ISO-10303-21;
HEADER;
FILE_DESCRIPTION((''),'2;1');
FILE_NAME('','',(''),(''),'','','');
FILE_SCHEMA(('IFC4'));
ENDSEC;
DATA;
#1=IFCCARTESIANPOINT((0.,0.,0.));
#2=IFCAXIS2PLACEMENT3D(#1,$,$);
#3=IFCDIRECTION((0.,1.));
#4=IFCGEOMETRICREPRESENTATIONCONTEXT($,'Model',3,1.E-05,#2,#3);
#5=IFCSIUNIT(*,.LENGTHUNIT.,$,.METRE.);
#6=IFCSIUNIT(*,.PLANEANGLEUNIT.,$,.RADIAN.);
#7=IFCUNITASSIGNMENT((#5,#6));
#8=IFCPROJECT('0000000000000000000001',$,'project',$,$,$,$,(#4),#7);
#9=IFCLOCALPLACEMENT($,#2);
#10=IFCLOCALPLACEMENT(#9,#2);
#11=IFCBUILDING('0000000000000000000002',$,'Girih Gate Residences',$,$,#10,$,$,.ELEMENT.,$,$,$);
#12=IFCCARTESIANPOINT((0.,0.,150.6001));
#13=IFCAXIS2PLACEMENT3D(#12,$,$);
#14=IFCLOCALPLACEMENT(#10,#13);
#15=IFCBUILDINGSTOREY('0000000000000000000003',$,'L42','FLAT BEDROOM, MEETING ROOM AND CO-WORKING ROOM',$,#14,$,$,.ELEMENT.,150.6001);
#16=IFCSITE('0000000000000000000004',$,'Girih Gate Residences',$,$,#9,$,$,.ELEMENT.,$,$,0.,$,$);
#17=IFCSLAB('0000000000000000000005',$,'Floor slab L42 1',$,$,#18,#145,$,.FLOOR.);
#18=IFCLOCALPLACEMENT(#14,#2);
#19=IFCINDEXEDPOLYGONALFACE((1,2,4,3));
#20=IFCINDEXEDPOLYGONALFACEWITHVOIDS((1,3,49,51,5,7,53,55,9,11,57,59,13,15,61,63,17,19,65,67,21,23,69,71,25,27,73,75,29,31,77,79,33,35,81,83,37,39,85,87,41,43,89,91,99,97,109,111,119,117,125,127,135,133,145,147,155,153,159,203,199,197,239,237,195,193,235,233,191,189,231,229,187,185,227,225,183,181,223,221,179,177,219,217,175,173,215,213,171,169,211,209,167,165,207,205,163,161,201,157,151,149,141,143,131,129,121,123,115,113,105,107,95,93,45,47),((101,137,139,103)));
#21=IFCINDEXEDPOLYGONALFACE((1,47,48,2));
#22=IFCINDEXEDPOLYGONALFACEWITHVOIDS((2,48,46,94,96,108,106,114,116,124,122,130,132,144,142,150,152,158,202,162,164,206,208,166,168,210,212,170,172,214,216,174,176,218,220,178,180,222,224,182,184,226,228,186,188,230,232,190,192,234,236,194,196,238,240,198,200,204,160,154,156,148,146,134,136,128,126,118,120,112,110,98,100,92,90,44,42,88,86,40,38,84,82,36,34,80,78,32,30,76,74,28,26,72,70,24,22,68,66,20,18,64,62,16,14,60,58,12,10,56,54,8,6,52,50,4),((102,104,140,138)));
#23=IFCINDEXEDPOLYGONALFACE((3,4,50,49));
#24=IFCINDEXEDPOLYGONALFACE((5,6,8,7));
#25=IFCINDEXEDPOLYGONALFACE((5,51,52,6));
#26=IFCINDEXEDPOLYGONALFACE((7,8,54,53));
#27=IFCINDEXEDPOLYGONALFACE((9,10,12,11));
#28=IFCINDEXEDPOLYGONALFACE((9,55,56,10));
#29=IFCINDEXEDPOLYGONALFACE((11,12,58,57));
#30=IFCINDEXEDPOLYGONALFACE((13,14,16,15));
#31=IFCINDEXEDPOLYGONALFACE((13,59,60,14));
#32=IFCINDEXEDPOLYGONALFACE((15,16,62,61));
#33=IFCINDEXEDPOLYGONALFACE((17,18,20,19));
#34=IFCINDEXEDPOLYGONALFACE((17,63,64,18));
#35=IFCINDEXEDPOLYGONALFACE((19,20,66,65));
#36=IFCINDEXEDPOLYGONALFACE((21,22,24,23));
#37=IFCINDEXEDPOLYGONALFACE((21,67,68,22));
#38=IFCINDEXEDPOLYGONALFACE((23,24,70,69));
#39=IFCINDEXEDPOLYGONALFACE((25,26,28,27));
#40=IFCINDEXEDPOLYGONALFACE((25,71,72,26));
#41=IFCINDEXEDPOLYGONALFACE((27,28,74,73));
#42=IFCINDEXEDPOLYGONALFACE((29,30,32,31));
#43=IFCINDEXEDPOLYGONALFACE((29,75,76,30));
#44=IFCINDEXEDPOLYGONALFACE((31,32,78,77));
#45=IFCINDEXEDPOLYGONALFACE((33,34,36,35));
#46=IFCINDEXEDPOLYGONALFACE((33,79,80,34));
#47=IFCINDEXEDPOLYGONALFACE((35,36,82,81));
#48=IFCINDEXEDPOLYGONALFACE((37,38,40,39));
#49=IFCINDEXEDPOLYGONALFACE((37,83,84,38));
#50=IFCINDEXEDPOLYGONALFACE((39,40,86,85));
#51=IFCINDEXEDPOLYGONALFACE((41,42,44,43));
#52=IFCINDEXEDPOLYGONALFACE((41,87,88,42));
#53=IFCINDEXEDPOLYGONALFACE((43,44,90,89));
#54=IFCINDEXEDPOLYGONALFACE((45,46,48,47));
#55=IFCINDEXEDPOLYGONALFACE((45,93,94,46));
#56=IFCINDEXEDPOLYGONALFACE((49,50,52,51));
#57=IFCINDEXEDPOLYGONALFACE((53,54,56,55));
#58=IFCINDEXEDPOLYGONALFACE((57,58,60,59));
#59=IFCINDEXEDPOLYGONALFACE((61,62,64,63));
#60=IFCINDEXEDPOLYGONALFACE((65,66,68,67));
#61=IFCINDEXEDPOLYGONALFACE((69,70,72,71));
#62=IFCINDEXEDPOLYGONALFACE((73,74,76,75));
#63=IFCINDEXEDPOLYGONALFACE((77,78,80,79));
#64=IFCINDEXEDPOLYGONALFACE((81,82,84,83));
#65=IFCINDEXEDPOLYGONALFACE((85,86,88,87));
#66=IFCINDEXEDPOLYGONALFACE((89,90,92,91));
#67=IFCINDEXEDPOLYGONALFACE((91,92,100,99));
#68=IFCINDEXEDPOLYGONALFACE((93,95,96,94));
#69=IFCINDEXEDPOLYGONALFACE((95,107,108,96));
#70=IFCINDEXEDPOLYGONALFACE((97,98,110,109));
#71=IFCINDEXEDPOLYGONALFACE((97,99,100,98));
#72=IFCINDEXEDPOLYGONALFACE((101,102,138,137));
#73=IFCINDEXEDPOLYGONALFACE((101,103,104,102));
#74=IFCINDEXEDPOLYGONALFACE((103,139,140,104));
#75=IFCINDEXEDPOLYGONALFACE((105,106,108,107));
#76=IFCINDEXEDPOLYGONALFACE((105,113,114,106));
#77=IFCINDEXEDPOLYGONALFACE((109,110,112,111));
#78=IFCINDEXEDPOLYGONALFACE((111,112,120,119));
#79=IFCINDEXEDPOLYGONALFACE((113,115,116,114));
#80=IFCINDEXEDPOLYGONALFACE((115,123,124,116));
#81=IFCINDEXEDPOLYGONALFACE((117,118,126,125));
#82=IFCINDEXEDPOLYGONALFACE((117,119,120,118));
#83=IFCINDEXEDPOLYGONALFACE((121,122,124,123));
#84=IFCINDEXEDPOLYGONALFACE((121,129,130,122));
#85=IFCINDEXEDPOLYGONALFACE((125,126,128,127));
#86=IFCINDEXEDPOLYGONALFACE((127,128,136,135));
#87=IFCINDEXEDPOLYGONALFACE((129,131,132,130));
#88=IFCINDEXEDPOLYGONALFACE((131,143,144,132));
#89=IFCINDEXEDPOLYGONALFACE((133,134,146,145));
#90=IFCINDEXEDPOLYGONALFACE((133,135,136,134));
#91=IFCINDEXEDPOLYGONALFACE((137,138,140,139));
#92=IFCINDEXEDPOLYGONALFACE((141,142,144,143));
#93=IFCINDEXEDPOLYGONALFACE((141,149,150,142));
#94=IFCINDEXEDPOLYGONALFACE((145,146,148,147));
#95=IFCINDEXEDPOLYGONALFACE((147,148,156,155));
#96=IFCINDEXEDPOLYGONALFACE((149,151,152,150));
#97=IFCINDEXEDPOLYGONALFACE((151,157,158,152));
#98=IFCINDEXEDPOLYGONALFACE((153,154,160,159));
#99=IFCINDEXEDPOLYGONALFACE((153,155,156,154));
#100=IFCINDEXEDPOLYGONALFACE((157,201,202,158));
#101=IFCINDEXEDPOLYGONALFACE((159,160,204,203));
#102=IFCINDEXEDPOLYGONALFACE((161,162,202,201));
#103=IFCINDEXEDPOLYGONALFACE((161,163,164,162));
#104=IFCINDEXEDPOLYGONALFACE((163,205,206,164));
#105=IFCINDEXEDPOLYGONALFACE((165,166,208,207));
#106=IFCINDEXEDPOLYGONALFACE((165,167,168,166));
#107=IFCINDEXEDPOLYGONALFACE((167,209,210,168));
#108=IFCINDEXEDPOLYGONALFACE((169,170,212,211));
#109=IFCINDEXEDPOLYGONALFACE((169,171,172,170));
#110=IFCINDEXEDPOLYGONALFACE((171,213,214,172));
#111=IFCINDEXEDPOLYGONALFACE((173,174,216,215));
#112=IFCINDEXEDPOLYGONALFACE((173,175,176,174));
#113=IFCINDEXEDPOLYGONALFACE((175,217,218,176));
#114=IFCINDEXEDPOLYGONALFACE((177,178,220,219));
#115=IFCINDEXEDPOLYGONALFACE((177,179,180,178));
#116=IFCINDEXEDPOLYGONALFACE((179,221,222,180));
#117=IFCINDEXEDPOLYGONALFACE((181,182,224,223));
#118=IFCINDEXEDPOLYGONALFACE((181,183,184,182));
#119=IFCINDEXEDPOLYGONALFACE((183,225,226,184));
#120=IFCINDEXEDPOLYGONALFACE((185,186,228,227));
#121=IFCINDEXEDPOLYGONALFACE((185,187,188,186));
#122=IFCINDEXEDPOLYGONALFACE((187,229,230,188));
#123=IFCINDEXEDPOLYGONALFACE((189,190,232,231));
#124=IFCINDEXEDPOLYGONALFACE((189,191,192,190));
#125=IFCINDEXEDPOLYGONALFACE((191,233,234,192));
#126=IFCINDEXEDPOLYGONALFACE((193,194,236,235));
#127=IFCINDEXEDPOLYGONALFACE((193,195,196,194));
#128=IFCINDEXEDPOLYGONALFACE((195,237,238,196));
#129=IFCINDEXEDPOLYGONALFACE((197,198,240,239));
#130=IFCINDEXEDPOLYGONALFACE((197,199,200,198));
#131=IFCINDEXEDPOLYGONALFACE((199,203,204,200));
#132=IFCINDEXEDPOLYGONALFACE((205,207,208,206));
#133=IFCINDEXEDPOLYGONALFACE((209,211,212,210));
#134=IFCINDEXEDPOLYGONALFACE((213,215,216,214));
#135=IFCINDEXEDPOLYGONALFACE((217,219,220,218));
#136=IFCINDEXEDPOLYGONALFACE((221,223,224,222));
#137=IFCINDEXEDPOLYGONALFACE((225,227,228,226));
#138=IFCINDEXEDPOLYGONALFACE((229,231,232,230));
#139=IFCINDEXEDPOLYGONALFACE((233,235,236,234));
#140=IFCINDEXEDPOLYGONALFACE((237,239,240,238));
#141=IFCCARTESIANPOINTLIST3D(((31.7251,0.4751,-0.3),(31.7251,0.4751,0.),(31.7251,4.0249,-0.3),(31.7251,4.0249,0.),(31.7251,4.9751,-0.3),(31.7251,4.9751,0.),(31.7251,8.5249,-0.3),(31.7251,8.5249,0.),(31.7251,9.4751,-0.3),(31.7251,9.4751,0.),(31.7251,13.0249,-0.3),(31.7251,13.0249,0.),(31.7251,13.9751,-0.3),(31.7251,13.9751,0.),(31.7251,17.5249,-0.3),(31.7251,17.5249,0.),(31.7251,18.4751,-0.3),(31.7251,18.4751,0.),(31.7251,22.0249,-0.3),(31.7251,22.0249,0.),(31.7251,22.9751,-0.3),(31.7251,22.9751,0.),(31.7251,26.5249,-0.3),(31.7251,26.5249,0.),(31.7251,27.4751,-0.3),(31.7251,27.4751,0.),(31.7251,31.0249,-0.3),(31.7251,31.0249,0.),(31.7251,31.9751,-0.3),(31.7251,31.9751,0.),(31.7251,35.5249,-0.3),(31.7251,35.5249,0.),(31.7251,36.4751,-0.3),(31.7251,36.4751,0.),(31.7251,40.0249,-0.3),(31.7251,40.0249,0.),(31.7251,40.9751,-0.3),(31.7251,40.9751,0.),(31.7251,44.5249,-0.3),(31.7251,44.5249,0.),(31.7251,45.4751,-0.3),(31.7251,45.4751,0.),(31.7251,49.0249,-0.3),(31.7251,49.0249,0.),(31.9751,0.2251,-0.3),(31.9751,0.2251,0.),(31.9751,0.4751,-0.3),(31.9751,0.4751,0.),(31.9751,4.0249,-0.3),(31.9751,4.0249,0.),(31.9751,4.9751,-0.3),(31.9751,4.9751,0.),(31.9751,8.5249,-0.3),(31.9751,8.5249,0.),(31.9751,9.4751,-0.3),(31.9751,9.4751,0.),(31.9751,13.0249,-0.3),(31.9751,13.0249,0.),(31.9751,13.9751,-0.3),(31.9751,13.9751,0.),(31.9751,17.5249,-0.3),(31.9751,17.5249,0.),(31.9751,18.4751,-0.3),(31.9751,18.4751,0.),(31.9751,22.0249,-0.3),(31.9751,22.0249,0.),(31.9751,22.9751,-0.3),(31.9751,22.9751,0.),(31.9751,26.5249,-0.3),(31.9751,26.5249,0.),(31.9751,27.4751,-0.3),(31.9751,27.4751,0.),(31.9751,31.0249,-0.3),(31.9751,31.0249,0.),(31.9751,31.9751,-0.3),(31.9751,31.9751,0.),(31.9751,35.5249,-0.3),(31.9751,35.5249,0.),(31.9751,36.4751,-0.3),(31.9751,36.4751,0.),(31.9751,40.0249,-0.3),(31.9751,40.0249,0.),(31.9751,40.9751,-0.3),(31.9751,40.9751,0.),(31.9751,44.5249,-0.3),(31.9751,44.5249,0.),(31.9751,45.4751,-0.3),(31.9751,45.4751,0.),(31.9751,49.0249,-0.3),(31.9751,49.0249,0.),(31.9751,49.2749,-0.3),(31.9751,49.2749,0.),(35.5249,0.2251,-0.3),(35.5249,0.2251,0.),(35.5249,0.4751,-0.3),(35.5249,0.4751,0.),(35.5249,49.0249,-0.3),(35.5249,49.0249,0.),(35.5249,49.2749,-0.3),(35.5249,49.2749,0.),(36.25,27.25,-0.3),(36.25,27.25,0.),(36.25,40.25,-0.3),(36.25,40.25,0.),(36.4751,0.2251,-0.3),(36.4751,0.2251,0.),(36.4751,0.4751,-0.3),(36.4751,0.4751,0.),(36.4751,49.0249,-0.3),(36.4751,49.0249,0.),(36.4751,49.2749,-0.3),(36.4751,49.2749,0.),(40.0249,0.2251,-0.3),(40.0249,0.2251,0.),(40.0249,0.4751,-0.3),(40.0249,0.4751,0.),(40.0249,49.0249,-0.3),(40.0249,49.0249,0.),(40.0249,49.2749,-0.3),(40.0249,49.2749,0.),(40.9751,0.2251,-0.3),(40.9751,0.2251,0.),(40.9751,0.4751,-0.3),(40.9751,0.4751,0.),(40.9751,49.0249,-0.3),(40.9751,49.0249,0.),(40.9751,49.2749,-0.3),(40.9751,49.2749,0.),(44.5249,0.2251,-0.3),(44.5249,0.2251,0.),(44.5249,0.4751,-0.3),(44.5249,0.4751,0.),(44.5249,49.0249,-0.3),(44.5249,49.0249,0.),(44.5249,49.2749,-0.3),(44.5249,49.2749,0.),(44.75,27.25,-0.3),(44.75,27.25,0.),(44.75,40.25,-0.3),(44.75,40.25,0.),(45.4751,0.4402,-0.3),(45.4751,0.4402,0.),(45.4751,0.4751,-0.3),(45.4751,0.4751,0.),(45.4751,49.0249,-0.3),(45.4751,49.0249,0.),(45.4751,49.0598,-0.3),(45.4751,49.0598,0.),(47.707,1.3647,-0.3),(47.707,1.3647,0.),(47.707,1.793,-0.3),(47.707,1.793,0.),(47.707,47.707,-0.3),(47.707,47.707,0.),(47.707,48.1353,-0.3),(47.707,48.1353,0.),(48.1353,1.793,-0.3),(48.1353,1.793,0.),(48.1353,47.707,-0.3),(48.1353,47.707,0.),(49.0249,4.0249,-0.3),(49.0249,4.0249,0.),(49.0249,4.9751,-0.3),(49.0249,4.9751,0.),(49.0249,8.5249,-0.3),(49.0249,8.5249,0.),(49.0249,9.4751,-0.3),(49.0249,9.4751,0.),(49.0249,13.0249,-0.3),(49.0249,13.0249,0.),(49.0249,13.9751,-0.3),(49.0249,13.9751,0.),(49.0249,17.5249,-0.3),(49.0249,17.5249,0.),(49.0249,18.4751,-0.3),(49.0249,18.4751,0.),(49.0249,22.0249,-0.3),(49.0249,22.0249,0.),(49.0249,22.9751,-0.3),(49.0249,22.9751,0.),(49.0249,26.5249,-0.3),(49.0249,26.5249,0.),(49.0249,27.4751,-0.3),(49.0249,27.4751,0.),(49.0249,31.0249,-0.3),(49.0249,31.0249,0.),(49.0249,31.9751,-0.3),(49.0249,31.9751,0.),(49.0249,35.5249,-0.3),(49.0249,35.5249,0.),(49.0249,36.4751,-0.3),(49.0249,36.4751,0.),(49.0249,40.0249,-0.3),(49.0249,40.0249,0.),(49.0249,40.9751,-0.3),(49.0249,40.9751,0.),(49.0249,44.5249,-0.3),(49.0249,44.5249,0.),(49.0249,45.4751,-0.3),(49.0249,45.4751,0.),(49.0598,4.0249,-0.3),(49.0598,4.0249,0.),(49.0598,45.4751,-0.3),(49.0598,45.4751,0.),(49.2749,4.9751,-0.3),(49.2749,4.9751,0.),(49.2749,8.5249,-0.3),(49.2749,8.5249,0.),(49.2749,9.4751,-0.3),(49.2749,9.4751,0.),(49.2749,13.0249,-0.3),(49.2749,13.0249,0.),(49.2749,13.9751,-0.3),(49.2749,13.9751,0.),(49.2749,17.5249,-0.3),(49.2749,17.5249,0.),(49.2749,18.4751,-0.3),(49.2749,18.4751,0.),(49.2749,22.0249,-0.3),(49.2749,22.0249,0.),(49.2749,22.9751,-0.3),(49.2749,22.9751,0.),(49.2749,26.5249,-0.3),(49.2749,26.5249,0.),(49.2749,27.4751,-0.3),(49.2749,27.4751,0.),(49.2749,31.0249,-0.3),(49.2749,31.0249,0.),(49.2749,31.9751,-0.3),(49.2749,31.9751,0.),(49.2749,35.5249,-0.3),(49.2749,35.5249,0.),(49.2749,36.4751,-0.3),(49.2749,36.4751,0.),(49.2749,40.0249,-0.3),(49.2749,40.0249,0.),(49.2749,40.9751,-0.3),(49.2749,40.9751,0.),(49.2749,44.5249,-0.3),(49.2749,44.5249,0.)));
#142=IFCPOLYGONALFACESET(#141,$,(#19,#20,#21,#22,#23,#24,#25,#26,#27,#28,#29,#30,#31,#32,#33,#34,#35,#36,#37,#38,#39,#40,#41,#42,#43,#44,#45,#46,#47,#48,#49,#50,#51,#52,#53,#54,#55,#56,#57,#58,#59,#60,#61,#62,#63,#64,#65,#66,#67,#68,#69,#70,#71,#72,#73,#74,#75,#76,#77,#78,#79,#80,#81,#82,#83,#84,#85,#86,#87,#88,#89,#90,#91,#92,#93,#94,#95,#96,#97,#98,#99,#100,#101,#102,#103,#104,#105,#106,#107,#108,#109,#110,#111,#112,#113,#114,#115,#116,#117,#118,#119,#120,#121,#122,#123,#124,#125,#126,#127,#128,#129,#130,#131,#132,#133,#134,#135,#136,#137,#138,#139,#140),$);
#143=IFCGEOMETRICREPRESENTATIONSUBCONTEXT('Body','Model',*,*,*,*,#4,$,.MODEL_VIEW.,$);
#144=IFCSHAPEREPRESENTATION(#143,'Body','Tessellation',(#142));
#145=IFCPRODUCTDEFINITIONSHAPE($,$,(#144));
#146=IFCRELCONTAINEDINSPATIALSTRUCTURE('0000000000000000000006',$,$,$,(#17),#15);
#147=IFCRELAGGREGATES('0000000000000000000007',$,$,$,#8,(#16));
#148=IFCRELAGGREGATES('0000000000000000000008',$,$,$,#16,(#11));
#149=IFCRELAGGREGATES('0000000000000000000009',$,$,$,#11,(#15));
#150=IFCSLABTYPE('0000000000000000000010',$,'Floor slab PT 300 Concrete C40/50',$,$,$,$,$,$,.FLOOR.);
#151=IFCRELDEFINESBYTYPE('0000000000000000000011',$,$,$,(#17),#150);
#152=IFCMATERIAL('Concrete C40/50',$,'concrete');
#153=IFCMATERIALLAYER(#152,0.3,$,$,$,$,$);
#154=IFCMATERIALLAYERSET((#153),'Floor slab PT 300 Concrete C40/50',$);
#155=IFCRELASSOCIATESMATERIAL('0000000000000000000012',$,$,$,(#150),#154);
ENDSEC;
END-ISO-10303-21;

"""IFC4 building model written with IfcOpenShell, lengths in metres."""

from ifc_helpers import new_model, si_unit, direction, frame, origin, place, context, subcontext, project, spatial, polyline, outline, extrude, material, layer, layer_set, type_object, element, save


model = new_model("IFC4")

# Units and contexts
model_context = context("Model", 3, precision=1e-05, world=origin(), true_north=direction((0.0, 1.0)))
body_context = subcontext(model_context, "Body", "Model", "MODEL_VIEW")
ifc_project = project(units=[si_unit("LENGTHUNIT", "METRE"), si_unit("PLANEANGLEUNIT", "RADIAN")], contexts=[model_context])

# Site, building, storey
site_placement = place(None, origin())
site = spatial("IfcSite", under=ifc_project, at=site_placement, Name="Girih Gate Residences", CompositionType="ELEMENT", RefElevation=0.0)
building_placement = place(site_placement, origin())
building = spatial("IfcBuilding", under=site, at=building_placement, Name="Girih Gate Residences", CompositionType="ELEMENT")
storey_placement = place(building_placement, frame((0.0, 0.0, 150.6001)))
storey = spatial("IfcBuildingStorey", under=building, at=storey_placement, Name="L42", Description="FLAT BEDROOM, MEETING ROOM AND CO-WORKING ROOM", CompositionType="ELEMENT", Elevation=150.6001)

# Slab
ifc_material_1 = material(Name="Concrete C40/50", Category="concrete")
ifc_layer_1 = layer(ifc_material_1, 0.3)
ifc_layer_set_1 = layer_set([ifc_layer_1], Name="Floor slab PT 300 Concrete C40/50")
slab_type_1 = type_object("IfcSlabType", Name="Floor slab PT 300 Concrete C40/50", PredefinedType="FLOOR", material=ifc_layer_set_1)
slab_1_placement = place(storey_placement, frame((0.0, 0.0, -0.3)))
element("IfcSlab", 1, at=slab_1_placement, inside=storey, type_object=slab_type_1, Name="Floor slab L42 1", PredefinedType="FLOOR", context=body_context, shape_type="SweptSolid", body=[
    extrude(outline(polyline([(35.5249, 49.2749), (31.9751, 49.2749), (31.9751, 49.0249), (31.7251, 49.0249), (31.7251, 45.4751), (31.9751, 45.4751), (31.9751, 44.5249), (31.7251, 44.5249), (31.7251, 40.9751), (31.9751, 40.9751), (31.9751, 40.0249), (31.7251, 40.0249), (31.7251, 36.4751), (31.9751, 36.4751), (31.9751, 35.5249), (31.7251, 35.5249), (31.7251, 31.9751), (31.9751, 31.9751), (31.9751, 31.0249), (31.7251, 31.0249), (31.7251, 27.4751), (31.9751, 27.4751), (31.9751, 26.5249), (31.7251, 26.5249), (31.7251, 22.9751), (31.9751, 22.9751), (31.9751, 22.0249), (31.7251, 22.0249), (31.7251, 18.4751), (31.9751, 18.4751), (31.9751, 17.5249), (31.7251, 17.5249), (31.7251, 13.9751), (31.9751, 13.9751), (31.9751, 13.0249), (31.7251, 13.0249), (31.7251, 9.4751), (31.9751, 9.4751), (31.9751, 8.5249), (31.7251, 8.5249), (31.7251, 4.9751), (31.9751, 4.9751), (31.9751, 4.0249), (31.7251, 4.0249), (31.7251, 0.4751), (31.9751, 0.4751), (31.9751, 0.2251), (35.5249, 0.2251), (35.5249, 0.4751), (36.4751, 0.4751), (36.4751, 0.2251), (40.0249, 0.2251), (40.0249, 0.4751), (40.9751, 0.4751), (40.9751, 0.2251), (44.5249, 0.2251), (44.5249, 0.4751), (45.4751, 0.4751), (45.4751, 0.4402), (47.707, 1.3647), (47.707, 1.793), (48.1353, 1.793), (49.0598, 4.0249), (49.0249, 4.0249), (49.0249, 4.9751), (49.2749, 4.9751), (49.2749, 8.5249), (49.0249, 8.5249), (49.0249, 9.4751), (49.2749, 9.4751), (49.2749, 13.0249), (49.0249, 13.0249), (49.0249, 13.9751), (49.2749, 13.9751), (49.2749, 17.5249), (49.0249, 17.5249), (49.0249, 18.4751), (49.2749, 18.4751), (49.2749, 22.0249), (49.0249, 22.0249), (49.0249, 22.9751), (49.2749, 22.9751), (49.2749, 26.5249), (49.0249, 26.5249), (49.0249, 27.4751), (49.2749, 27.4751), (49.2749, 31.0249), (49.0249, 31.0249), (49.0249, 31.9751), (49.2749, 31.9751), (49.2749, 35.5249), (49.0249, 35.5249), (49.0249, 36.4751), (49.2749, 36.4751), (49.2749, 40.0249), (49.0249, 40.0249), (49.0249, 40.9751), (49.2749, 40.9751), (49.2749, 44.5249), (49.0249, 44.5249), (49.0249, 45.4751), (49.0598, 45.4751), (48.1353, 47.707), (47.707, 47.707), (47.707, 48.1353), (45.4751, 49.0598), (45.4751, 49.0249), (44.5249, 49.0249), (44.5249, 49.2749), (40.9751, 49.2749), (40.9751, 49.0249), (40.0249, 49.0249), (40.0249, 49.2749), (36.4751, 49.2749), (36.4751, 49.0249), (35.5249, 49.0249), (35.5249, 49.2749)]), holes=[polyline([(44.75, 40.25), (44.75, 27.25), (36.25, 27.25), (36.25, 40.25), (44.75, 40.25)])]), origin(), (0.0, 0.0, 1.0), 0.3),
])

save(model, "model.ifc")
